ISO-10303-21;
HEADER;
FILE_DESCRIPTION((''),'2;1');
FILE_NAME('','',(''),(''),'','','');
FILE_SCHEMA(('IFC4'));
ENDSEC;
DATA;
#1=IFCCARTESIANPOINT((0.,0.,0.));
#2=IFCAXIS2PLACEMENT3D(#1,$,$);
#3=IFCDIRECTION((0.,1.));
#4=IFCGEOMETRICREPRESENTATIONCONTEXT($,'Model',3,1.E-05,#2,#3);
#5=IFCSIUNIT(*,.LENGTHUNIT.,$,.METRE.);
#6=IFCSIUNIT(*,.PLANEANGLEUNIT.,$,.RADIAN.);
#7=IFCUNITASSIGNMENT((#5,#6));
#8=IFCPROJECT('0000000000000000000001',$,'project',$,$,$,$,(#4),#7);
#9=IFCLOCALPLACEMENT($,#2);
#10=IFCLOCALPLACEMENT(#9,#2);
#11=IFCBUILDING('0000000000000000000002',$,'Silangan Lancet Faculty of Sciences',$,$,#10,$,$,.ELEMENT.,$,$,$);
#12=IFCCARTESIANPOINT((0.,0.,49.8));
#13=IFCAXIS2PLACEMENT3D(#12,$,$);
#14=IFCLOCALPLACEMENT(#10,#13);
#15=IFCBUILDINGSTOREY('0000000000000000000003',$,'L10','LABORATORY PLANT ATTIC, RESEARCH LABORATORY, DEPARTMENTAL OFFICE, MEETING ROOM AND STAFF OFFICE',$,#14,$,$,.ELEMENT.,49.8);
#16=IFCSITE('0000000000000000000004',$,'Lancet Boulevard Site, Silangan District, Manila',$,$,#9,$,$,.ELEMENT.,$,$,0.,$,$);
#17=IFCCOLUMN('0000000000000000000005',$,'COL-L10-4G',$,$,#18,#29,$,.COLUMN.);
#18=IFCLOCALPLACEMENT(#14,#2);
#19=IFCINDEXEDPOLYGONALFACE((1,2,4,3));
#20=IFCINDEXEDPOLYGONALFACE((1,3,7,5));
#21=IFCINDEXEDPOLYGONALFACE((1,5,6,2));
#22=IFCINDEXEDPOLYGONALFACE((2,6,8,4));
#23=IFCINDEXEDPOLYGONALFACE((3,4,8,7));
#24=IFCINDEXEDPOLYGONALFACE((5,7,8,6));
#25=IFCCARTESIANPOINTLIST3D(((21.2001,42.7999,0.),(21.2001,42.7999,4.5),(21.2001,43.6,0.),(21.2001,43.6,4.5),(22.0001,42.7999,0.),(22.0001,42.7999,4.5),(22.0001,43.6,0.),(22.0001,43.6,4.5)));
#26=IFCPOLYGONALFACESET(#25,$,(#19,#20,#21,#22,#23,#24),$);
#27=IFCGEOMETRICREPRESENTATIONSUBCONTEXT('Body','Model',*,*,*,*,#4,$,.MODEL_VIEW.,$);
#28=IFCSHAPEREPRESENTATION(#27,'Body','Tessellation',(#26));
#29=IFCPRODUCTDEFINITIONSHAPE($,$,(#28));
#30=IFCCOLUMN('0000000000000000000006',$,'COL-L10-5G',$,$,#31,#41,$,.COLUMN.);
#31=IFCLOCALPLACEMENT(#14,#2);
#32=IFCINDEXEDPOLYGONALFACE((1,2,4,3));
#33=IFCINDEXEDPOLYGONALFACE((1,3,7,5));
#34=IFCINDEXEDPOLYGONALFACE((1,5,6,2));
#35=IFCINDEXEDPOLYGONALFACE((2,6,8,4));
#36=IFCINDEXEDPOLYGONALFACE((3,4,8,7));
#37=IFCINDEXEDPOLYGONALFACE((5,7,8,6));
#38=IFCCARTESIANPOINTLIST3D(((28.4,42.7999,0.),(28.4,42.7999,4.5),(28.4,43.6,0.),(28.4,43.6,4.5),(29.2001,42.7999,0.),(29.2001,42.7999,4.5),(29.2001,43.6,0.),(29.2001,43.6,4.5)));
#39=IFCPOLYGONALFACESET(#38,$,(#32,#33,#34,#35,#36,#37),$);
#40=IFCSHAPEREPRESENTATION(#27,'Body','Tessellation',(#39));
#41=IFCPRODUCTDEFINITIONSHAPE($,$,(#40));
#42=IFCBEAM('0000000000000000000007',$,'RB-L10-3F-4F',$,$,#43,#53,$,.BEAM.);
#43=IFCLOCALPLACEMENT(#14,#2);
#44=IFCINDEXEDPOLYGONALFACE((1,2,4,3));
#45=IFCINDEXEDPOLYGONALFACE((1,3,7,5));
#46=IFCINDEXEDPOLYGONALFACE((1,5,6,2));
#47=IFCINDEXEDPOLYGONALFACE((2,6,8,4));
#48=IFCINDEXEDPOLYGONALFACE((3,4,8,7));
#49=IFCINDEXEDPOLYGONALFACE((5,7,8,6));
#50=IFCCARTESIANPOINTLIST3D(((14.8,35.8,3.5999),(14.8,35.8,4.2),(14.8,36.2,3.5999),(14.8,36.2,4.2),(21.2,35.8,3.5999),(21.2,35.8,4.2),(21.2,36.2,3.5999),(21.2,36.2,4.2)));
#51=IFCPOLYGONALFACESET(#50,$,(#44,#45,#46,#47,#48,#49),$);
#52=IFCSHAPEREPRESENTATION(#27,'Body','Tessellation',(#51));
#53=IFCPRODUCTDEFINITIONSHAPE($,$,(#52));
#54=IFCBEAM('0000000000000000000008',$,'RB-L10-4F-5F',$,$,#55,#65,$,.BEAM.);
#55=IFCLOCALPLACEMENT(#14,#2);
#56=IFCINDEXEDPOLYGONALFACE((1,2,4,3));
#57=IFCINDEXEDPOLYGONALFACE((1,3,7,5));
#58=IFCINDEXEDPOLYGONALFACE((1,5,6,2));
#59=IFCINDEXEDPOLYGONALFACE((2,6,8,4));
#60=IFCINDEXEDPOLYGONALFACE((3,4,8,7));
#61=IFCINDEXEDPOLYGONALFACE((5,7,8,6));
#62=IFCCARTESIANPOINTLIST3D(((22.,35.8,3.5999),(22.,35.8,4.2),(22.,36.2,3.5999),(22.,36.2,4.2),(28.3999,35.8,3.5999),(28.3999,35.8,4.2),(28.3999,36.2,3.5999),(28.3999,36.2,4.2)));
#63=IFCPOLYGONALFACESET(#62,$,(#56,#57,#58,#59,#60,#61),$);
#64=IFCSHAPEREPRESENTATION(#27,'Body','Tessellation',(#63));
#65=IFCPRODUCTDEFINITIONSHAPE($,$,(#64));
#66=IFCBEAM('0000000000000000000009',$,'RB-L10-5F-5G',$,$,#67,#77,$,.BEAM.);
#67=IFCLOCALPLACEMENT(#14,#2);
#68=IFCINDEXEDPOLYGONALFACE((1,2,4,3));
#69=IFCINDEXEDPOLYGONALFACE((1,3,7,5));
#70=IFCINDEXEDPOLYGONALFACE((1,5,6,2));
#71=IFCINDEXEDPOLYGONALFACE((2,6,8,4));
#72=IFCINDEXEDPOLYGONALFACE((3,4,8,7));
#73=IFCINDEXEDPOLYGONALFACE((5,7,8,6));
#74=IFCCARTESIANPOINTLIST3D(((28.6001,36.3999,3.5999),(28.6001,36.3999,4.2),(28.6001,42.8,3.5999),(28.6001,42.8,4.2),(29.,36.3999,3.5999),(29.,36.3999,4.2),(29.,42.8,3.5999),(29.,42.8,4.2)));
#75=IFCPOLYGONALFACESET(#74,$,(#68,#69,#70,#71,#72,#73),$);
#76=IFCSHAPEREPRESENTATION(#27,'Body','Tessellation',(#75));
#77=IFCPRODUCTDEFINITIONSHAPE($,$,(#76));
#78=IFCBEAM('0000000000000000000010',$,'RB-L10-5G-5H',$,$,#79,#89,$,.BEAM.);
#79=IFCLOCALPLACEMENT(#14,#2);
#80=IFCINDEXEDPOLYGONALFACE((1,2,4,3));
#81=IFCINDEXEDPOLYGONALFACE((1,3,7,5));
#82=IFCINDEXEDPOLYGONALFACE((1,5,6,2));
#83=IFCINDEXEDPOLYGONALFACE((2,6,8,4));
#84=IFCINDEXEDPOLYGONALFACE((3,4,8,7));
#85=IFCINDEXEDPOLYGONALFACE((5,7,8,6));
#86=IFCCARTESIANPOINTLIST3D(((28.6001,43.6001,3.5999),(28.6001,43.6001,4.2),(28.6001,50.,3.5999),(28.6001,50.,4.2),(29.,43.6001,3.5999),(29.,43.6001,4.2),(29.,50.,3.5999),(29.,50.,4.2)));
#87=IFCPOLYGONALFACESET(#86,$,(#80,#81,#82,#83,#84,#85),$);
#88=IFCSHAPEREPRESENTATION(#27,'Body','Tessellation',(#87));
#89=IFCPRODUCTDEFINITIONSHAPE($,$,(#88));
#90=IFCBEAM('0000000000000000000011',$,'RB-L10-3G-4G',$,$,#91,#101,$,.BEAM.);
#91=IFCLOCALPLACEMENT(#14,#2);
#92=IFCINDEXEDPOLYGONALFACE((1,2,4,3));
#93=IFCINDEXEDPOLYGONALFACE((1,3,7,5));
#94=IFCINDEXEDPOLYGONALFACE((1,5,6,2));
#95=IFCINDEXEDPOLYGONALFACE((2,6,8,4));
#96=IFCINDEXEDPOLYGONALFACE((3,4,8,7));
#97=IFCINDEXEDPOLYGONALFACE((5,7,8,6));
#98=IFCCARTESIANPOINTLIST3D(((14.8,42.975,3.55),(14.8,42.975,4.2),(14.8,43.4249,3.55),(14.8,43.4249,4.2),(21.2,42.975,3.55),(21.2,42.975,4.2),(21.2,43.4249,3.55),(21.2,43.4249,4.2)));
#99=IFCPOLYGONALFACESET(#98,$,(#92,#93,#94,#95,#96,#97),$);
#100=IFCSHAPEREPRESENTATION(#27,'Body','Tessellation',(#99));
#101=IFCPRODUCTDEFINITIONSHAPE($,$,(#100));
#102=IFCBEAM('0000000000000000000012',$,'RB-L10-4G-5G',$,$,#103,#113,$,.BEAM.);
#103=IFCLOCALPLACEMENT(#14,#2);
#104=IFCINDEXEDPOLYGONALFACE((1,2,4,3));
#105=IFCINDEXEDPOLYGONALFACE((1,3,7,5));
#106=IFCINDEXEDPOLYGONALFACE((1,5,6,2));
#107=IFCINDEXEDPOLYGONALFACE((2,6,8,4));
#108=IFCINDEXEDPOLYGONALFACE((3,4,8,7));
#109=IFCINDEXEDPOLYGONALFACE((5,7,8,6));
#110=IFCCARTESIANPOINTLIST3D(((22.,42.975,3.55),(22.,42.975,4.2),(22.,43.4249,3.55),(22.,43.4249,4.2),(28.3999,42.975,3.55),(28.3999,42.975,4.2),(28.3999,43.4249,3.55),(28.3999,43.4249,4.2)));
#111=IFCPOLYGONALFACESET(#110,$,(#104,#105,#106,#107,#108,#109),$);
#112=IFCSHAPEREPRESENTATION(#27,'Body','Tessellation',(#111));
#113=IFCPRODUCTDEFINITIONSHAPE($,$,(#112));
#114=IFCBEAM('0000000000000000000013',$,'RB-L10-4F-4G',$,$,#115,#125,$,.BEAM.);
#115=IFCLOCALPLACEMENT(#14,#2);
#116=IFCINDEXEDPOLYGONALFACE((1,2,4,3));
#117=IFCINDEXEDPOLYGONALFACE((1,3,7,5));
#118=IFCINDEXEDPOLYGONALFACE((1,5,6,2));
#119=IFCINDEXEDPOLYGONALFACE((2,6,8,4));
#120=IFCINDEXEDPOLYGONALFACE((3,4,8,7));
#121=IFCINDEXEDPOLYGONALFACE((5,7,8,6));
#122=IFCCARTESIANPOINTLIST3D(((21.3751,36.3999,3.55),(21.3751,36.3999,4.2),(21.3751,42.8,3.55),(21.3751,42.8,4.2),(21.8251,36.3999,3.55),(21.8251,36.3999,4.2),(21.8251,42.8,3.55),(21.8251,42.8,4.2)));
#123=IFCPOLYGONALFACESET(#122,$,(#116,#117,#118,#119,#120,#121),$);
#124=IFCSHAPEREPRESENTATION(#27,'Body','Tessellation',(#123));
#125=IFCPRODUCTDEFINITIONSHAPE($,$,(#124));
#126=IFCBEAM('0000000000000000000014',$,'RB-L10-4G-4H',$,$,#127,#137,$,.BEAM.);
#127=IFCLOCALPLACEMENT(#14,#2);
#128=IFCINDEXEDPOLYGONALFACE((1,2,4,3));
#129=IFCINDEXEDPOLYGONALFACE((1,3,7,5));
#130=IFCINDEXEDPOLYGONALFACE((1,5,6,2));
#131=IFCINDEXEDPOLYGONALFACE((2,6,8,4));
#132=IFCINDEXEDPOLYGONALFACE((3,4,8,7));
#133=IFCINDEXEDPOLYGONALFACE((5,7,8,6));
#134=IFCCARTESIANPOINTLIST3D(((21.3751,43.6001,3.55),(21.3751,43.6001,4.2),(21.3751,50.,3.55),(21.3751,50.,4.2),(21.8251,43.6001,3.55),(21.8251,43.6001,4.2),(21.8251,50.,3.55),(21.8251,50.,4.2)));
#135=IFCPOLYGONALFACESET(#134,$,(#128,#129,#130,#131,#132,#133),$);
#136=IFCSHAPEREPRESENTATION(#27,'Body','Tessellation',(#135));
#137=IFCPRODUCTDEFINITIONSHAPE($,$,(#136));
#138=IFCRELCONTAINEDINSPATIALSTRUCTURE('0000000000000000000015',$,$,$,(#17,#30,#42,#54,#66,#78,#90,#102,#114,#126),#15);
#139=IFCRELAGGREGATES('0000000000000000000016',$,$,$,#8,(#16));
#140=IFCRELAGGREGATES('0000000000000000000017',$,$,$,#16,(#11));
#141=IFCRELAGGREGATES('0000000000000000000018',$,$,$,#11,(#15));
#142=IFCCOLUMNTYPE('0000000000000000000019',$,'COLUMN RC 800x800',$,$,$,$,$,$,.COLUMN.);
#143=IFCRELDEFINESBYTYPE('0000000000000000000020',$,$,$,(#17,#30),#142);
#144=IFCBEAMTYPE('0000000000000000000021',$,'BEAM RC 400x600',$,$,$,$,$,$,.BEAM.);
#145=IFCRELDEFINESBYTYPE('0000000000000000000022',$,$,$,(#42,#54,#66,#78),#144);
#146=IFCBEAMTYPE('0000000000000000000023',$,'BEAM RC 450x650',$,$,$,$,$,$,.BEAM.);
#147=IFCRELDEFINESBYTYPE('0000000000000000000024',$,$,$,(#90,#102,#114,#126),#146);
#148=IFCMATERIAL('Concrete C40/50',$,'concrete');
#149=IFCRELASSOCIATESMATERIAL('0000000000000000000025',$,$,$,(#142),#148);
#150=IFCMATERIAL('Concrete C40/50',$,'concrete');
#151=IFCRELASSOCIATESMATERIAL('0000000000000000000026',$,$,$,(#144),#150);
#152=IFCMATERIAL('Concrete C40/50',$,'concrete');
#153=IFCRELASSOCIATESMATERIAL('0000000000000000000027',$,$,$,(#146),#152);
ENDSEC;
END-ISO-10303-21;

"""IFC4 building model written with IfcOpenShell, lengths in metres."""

from ifc_helpers import new_model, si_unit, direction, frame, origin, origin_2d, place, context, subcontext, project, spatial, rectangle, extrude, material, material_profile, profile_set, type_object, element, save


model = new_model("IFC4")

# Units and contexts
model_context = context("Model", 3, precision=1e-05, world=origin(), true_north=direction((0.0, 1.0)))
body_context = subcontext(model_context, "Body", "Model", "MODEL_VIEW")
ifc_project = project(units=[si_unit("LENGTHUNIT", "METRE"), si_unit("PLANEANGLEUNIT", "RADIAN")], contexts=[model_context])

# Site, building, storey
site_placement = place(None, origin())
site = spatial("IfcSite", under=ifc_project, at=site_placement, Name="Lancet Boulevard Site, Silangan District, Manila", CompositionType="ELEMENT", RefElevation=0.0)
building_placement = place(site_placement, origin())
building = spatial("IfcBuilding", under=site, at=building_placement, Name="Silangan Lancet Faculty of Sciences", CompositionType="ELEMENT")
storey_placement = place(building_placement, frame((0.0, 0.0, 49.8)))
storey = spatial("IfcBuildingStorey", under=building, at=storey_placement, Name="L10", Description="LABORATORY PLANT ATTIC, RESEARCH LABORATORY, DEPARTMENTAL OFFICE, MEETING ROOM AND STAFF OFFICE", CompositionType="ELEMENT", Elevation=49.8)

# Columns
ifc_material_1 = material(Name="Concrete C40/50", Category="concrete")
ifc_material_profile_1 = material_profile(ifc_material_1, rectangle(XDim=0.8, YDim=0.8, at=origin_2d()), Name="RC 800x800")
ifc_profile_set_1 = profile_set([ifc_material_profile_1], Name="Concrete C40/50")
column_type = type_object("IfcColumnType", Name="COLUMN RC 800x800", PredefinedType="COLUMN", material=ifc_profile_set_1)
for number, where, z_axis, x_axis, name in (
    (1, (21.6001, 43.2, 0.0), (0.0, 0.0, 1.0), (1.0, 0.0, 0.0), "COL-L10-4G"),
    (2, (28.8, 43.2, 0.0), (0.0, 0.0, 1.0), (1.0, 0.0, 0.0), "COL-L10-5G"),
):
    element("IfcColumn", number, at=place(storey_placement, frame(where, z_axis=z_axis, x_axis=x_axis)), inside=storey, type_object=column_type, Name=name, PredefinedType="COLUMN", context=body_context, shape_type="SweptSolid", body=[
        extrude(rectangle(XDim=0.8, YDim=0.8, at=origin_2d()), origin(), (0.0, 0.0, 1.0), 4.5),
    ])

# Beams
ifc_material_2 = material(Name="Concrete C40/50", Category="concrete")
ifc_material_profile_2 = material_profile(ifc_material_2, rectangle(XDim=0.3999, YDim=0.6001, at=origin_2d()), Name="RC 400x600")
ifc_profile_set_2 = profile_set([ifc_material_profile_2], Name="Concrete C40/50")
beam_type_1 = type_object("IfcBeamType", Name="BEAM RC 400x600", PredefinedType="BEAM", material=ifc_profile_set_2)
for number, where, z_axis, x_axis, name in (
    (3, (14.8, 36.0, 3.8999), (1.0, 0.0, 0.0), (0.0, 1.0, 0.0), "RB-L10-3F-4F"),
    (4, (22.0, 36.0, 3.8999), (1.0, 0.0, 0.0), (0.0, 1.0, 0.0), "RB-L10-4F-5F"),
):
    element("IfcBeam", number, at=place(storey_placement, frame(where, z_axis=z_axis, x_axis=x_axis)), inside=storey, type_object=beam_type_1, Name=name, PredefinedType="BEAM", context=body_context, shape_type="SweptSolid", body=[
        extrude(rectangle(XDim=0.3999, YDim=0.6001, at=origin_2d()), origin(), (0.0, 0.0, 1.0), 6.3999),
    ])
beam_1_placement = place(storey_placement, frame((28.8, 36.3999, 3.8999), z_axis=(0.0, 1.0, 0.0), x_axis=(-1.0, 0.0, 0.0)))
element("IfcBeam", 5, at=beam_1_placement, inside=storey, type_object=beam_type_1, Name="RB-L10-5F-5G", PredefinedType="BEAM", context=body_context, shape_type="SweptSolid", body=[
    extrude(rectangle(XDim=0.3999, YDim=0.6001, at=origin_2d()), origin(), (0.0, 0.0, 1.0), 6.4001),
])
beam_2_placement = place(storey_placement, frame((28.8, 43.6001, 3.8999), z_axis=(0.0, 1.0, 0.0), x_axis=(-1.0, 0.0, 0.0)))
element("IfcBeam", 6, at=beam_2_placement, inside=storey, type_object=beam_type_1, Name="RB-L10-5G-5H", PredefinedType="BEAM", context=body_context, shape_type="SweptSolid", body=[
    extrude(rectangle(XDim=0.3999, YDim=0.6001, at=origin_2d()), origin(), (0.0, 0.0, 1.0), 6.3999),
])
ifc_material_3 = material(Name="Concrete C40/50", Category="concrete")
ifc_material_profile_3 = material_profile(ifc_material_3, rectangle(XDim=0.45, YDim=0.6499, at=origin_2d()), Name="RC 450x650")
ifc_profile_set_3 = profile_set([ifc_material_profile_3], Name="Concrete C40/50")
beam_type_2 = type_object("IfcBeamType", Name="BEAM RC 450x650", PredefinedType="BEAM", material=ifc_profile_set_3)
for number, where, z_axis, x_axis, name in (
    (7, (14.8, 43.2, 3.875), (1.0, 0.0, 0.0), (0.0, 1.0, 0.0), "RB-L10-3G-4G"),
    (8, (22.0, 43.2, 3.875), (1.0, 0.0, 0.0), (0.0, 1.0, 0.0), "RB-L10-4G-5G"),
):
    element("IfcBeam", number, at=place(storey_placement, frame(where, z_axis=z_axis, x_axis=x_axis)), inside=storey, type_object=beam_type_2, Name=name, PredefinedType="BEAM", context=body_context, shape_type="SweptSolid", body=[
        extrude(rectangle(XDim=0.45, YDim=0.6499, at=origin_2d()), origin(), (0.0, 0.0, 1.0), 6.3999),
    ])
beam_3_placement = place(storey_placement, frame((21.6001, 36.3999, 3.875), z_axis=(0.0, 1.0, 0.0), x_axis=(-1.0, 0.0, 0.0)))
element("IfcBeam", 9, at=beam_3_placement, inside=storey, type_object=beam_type_2, Name="RB-L10-4F-4G", PredefinedType="BEAM", context=body_context, shape_type="SweptSolid", body=[
    extrude(rectangle(XDim=0.45, YDim=0.6499, at=origin_2d()), origin(), (0.0, 0.0, 1.0), 6.4001),
])
beam_4_placement = place(storey_placement, frame((21.6001, 43.6001, 3.875), z_axis=(0.0, 1.0, 0.0), x_axis=(-1.0, 0.0, 0.0)))
element("IfcBeam", 10, at=beam_4_placement, inside=storey, type_object=beam_type_2, Name="RB-L10-4G-4H", PredefinedType="BEAM", context=body_context, shape_type="SweptSolid", body=[
    extrude(rectangle(XDim=0.45, YDim=0.6499, at=origin_2d()), origin(), (0.0, 0.0, 1.0), 6.3999),
])

save(model, "model.ifc")
